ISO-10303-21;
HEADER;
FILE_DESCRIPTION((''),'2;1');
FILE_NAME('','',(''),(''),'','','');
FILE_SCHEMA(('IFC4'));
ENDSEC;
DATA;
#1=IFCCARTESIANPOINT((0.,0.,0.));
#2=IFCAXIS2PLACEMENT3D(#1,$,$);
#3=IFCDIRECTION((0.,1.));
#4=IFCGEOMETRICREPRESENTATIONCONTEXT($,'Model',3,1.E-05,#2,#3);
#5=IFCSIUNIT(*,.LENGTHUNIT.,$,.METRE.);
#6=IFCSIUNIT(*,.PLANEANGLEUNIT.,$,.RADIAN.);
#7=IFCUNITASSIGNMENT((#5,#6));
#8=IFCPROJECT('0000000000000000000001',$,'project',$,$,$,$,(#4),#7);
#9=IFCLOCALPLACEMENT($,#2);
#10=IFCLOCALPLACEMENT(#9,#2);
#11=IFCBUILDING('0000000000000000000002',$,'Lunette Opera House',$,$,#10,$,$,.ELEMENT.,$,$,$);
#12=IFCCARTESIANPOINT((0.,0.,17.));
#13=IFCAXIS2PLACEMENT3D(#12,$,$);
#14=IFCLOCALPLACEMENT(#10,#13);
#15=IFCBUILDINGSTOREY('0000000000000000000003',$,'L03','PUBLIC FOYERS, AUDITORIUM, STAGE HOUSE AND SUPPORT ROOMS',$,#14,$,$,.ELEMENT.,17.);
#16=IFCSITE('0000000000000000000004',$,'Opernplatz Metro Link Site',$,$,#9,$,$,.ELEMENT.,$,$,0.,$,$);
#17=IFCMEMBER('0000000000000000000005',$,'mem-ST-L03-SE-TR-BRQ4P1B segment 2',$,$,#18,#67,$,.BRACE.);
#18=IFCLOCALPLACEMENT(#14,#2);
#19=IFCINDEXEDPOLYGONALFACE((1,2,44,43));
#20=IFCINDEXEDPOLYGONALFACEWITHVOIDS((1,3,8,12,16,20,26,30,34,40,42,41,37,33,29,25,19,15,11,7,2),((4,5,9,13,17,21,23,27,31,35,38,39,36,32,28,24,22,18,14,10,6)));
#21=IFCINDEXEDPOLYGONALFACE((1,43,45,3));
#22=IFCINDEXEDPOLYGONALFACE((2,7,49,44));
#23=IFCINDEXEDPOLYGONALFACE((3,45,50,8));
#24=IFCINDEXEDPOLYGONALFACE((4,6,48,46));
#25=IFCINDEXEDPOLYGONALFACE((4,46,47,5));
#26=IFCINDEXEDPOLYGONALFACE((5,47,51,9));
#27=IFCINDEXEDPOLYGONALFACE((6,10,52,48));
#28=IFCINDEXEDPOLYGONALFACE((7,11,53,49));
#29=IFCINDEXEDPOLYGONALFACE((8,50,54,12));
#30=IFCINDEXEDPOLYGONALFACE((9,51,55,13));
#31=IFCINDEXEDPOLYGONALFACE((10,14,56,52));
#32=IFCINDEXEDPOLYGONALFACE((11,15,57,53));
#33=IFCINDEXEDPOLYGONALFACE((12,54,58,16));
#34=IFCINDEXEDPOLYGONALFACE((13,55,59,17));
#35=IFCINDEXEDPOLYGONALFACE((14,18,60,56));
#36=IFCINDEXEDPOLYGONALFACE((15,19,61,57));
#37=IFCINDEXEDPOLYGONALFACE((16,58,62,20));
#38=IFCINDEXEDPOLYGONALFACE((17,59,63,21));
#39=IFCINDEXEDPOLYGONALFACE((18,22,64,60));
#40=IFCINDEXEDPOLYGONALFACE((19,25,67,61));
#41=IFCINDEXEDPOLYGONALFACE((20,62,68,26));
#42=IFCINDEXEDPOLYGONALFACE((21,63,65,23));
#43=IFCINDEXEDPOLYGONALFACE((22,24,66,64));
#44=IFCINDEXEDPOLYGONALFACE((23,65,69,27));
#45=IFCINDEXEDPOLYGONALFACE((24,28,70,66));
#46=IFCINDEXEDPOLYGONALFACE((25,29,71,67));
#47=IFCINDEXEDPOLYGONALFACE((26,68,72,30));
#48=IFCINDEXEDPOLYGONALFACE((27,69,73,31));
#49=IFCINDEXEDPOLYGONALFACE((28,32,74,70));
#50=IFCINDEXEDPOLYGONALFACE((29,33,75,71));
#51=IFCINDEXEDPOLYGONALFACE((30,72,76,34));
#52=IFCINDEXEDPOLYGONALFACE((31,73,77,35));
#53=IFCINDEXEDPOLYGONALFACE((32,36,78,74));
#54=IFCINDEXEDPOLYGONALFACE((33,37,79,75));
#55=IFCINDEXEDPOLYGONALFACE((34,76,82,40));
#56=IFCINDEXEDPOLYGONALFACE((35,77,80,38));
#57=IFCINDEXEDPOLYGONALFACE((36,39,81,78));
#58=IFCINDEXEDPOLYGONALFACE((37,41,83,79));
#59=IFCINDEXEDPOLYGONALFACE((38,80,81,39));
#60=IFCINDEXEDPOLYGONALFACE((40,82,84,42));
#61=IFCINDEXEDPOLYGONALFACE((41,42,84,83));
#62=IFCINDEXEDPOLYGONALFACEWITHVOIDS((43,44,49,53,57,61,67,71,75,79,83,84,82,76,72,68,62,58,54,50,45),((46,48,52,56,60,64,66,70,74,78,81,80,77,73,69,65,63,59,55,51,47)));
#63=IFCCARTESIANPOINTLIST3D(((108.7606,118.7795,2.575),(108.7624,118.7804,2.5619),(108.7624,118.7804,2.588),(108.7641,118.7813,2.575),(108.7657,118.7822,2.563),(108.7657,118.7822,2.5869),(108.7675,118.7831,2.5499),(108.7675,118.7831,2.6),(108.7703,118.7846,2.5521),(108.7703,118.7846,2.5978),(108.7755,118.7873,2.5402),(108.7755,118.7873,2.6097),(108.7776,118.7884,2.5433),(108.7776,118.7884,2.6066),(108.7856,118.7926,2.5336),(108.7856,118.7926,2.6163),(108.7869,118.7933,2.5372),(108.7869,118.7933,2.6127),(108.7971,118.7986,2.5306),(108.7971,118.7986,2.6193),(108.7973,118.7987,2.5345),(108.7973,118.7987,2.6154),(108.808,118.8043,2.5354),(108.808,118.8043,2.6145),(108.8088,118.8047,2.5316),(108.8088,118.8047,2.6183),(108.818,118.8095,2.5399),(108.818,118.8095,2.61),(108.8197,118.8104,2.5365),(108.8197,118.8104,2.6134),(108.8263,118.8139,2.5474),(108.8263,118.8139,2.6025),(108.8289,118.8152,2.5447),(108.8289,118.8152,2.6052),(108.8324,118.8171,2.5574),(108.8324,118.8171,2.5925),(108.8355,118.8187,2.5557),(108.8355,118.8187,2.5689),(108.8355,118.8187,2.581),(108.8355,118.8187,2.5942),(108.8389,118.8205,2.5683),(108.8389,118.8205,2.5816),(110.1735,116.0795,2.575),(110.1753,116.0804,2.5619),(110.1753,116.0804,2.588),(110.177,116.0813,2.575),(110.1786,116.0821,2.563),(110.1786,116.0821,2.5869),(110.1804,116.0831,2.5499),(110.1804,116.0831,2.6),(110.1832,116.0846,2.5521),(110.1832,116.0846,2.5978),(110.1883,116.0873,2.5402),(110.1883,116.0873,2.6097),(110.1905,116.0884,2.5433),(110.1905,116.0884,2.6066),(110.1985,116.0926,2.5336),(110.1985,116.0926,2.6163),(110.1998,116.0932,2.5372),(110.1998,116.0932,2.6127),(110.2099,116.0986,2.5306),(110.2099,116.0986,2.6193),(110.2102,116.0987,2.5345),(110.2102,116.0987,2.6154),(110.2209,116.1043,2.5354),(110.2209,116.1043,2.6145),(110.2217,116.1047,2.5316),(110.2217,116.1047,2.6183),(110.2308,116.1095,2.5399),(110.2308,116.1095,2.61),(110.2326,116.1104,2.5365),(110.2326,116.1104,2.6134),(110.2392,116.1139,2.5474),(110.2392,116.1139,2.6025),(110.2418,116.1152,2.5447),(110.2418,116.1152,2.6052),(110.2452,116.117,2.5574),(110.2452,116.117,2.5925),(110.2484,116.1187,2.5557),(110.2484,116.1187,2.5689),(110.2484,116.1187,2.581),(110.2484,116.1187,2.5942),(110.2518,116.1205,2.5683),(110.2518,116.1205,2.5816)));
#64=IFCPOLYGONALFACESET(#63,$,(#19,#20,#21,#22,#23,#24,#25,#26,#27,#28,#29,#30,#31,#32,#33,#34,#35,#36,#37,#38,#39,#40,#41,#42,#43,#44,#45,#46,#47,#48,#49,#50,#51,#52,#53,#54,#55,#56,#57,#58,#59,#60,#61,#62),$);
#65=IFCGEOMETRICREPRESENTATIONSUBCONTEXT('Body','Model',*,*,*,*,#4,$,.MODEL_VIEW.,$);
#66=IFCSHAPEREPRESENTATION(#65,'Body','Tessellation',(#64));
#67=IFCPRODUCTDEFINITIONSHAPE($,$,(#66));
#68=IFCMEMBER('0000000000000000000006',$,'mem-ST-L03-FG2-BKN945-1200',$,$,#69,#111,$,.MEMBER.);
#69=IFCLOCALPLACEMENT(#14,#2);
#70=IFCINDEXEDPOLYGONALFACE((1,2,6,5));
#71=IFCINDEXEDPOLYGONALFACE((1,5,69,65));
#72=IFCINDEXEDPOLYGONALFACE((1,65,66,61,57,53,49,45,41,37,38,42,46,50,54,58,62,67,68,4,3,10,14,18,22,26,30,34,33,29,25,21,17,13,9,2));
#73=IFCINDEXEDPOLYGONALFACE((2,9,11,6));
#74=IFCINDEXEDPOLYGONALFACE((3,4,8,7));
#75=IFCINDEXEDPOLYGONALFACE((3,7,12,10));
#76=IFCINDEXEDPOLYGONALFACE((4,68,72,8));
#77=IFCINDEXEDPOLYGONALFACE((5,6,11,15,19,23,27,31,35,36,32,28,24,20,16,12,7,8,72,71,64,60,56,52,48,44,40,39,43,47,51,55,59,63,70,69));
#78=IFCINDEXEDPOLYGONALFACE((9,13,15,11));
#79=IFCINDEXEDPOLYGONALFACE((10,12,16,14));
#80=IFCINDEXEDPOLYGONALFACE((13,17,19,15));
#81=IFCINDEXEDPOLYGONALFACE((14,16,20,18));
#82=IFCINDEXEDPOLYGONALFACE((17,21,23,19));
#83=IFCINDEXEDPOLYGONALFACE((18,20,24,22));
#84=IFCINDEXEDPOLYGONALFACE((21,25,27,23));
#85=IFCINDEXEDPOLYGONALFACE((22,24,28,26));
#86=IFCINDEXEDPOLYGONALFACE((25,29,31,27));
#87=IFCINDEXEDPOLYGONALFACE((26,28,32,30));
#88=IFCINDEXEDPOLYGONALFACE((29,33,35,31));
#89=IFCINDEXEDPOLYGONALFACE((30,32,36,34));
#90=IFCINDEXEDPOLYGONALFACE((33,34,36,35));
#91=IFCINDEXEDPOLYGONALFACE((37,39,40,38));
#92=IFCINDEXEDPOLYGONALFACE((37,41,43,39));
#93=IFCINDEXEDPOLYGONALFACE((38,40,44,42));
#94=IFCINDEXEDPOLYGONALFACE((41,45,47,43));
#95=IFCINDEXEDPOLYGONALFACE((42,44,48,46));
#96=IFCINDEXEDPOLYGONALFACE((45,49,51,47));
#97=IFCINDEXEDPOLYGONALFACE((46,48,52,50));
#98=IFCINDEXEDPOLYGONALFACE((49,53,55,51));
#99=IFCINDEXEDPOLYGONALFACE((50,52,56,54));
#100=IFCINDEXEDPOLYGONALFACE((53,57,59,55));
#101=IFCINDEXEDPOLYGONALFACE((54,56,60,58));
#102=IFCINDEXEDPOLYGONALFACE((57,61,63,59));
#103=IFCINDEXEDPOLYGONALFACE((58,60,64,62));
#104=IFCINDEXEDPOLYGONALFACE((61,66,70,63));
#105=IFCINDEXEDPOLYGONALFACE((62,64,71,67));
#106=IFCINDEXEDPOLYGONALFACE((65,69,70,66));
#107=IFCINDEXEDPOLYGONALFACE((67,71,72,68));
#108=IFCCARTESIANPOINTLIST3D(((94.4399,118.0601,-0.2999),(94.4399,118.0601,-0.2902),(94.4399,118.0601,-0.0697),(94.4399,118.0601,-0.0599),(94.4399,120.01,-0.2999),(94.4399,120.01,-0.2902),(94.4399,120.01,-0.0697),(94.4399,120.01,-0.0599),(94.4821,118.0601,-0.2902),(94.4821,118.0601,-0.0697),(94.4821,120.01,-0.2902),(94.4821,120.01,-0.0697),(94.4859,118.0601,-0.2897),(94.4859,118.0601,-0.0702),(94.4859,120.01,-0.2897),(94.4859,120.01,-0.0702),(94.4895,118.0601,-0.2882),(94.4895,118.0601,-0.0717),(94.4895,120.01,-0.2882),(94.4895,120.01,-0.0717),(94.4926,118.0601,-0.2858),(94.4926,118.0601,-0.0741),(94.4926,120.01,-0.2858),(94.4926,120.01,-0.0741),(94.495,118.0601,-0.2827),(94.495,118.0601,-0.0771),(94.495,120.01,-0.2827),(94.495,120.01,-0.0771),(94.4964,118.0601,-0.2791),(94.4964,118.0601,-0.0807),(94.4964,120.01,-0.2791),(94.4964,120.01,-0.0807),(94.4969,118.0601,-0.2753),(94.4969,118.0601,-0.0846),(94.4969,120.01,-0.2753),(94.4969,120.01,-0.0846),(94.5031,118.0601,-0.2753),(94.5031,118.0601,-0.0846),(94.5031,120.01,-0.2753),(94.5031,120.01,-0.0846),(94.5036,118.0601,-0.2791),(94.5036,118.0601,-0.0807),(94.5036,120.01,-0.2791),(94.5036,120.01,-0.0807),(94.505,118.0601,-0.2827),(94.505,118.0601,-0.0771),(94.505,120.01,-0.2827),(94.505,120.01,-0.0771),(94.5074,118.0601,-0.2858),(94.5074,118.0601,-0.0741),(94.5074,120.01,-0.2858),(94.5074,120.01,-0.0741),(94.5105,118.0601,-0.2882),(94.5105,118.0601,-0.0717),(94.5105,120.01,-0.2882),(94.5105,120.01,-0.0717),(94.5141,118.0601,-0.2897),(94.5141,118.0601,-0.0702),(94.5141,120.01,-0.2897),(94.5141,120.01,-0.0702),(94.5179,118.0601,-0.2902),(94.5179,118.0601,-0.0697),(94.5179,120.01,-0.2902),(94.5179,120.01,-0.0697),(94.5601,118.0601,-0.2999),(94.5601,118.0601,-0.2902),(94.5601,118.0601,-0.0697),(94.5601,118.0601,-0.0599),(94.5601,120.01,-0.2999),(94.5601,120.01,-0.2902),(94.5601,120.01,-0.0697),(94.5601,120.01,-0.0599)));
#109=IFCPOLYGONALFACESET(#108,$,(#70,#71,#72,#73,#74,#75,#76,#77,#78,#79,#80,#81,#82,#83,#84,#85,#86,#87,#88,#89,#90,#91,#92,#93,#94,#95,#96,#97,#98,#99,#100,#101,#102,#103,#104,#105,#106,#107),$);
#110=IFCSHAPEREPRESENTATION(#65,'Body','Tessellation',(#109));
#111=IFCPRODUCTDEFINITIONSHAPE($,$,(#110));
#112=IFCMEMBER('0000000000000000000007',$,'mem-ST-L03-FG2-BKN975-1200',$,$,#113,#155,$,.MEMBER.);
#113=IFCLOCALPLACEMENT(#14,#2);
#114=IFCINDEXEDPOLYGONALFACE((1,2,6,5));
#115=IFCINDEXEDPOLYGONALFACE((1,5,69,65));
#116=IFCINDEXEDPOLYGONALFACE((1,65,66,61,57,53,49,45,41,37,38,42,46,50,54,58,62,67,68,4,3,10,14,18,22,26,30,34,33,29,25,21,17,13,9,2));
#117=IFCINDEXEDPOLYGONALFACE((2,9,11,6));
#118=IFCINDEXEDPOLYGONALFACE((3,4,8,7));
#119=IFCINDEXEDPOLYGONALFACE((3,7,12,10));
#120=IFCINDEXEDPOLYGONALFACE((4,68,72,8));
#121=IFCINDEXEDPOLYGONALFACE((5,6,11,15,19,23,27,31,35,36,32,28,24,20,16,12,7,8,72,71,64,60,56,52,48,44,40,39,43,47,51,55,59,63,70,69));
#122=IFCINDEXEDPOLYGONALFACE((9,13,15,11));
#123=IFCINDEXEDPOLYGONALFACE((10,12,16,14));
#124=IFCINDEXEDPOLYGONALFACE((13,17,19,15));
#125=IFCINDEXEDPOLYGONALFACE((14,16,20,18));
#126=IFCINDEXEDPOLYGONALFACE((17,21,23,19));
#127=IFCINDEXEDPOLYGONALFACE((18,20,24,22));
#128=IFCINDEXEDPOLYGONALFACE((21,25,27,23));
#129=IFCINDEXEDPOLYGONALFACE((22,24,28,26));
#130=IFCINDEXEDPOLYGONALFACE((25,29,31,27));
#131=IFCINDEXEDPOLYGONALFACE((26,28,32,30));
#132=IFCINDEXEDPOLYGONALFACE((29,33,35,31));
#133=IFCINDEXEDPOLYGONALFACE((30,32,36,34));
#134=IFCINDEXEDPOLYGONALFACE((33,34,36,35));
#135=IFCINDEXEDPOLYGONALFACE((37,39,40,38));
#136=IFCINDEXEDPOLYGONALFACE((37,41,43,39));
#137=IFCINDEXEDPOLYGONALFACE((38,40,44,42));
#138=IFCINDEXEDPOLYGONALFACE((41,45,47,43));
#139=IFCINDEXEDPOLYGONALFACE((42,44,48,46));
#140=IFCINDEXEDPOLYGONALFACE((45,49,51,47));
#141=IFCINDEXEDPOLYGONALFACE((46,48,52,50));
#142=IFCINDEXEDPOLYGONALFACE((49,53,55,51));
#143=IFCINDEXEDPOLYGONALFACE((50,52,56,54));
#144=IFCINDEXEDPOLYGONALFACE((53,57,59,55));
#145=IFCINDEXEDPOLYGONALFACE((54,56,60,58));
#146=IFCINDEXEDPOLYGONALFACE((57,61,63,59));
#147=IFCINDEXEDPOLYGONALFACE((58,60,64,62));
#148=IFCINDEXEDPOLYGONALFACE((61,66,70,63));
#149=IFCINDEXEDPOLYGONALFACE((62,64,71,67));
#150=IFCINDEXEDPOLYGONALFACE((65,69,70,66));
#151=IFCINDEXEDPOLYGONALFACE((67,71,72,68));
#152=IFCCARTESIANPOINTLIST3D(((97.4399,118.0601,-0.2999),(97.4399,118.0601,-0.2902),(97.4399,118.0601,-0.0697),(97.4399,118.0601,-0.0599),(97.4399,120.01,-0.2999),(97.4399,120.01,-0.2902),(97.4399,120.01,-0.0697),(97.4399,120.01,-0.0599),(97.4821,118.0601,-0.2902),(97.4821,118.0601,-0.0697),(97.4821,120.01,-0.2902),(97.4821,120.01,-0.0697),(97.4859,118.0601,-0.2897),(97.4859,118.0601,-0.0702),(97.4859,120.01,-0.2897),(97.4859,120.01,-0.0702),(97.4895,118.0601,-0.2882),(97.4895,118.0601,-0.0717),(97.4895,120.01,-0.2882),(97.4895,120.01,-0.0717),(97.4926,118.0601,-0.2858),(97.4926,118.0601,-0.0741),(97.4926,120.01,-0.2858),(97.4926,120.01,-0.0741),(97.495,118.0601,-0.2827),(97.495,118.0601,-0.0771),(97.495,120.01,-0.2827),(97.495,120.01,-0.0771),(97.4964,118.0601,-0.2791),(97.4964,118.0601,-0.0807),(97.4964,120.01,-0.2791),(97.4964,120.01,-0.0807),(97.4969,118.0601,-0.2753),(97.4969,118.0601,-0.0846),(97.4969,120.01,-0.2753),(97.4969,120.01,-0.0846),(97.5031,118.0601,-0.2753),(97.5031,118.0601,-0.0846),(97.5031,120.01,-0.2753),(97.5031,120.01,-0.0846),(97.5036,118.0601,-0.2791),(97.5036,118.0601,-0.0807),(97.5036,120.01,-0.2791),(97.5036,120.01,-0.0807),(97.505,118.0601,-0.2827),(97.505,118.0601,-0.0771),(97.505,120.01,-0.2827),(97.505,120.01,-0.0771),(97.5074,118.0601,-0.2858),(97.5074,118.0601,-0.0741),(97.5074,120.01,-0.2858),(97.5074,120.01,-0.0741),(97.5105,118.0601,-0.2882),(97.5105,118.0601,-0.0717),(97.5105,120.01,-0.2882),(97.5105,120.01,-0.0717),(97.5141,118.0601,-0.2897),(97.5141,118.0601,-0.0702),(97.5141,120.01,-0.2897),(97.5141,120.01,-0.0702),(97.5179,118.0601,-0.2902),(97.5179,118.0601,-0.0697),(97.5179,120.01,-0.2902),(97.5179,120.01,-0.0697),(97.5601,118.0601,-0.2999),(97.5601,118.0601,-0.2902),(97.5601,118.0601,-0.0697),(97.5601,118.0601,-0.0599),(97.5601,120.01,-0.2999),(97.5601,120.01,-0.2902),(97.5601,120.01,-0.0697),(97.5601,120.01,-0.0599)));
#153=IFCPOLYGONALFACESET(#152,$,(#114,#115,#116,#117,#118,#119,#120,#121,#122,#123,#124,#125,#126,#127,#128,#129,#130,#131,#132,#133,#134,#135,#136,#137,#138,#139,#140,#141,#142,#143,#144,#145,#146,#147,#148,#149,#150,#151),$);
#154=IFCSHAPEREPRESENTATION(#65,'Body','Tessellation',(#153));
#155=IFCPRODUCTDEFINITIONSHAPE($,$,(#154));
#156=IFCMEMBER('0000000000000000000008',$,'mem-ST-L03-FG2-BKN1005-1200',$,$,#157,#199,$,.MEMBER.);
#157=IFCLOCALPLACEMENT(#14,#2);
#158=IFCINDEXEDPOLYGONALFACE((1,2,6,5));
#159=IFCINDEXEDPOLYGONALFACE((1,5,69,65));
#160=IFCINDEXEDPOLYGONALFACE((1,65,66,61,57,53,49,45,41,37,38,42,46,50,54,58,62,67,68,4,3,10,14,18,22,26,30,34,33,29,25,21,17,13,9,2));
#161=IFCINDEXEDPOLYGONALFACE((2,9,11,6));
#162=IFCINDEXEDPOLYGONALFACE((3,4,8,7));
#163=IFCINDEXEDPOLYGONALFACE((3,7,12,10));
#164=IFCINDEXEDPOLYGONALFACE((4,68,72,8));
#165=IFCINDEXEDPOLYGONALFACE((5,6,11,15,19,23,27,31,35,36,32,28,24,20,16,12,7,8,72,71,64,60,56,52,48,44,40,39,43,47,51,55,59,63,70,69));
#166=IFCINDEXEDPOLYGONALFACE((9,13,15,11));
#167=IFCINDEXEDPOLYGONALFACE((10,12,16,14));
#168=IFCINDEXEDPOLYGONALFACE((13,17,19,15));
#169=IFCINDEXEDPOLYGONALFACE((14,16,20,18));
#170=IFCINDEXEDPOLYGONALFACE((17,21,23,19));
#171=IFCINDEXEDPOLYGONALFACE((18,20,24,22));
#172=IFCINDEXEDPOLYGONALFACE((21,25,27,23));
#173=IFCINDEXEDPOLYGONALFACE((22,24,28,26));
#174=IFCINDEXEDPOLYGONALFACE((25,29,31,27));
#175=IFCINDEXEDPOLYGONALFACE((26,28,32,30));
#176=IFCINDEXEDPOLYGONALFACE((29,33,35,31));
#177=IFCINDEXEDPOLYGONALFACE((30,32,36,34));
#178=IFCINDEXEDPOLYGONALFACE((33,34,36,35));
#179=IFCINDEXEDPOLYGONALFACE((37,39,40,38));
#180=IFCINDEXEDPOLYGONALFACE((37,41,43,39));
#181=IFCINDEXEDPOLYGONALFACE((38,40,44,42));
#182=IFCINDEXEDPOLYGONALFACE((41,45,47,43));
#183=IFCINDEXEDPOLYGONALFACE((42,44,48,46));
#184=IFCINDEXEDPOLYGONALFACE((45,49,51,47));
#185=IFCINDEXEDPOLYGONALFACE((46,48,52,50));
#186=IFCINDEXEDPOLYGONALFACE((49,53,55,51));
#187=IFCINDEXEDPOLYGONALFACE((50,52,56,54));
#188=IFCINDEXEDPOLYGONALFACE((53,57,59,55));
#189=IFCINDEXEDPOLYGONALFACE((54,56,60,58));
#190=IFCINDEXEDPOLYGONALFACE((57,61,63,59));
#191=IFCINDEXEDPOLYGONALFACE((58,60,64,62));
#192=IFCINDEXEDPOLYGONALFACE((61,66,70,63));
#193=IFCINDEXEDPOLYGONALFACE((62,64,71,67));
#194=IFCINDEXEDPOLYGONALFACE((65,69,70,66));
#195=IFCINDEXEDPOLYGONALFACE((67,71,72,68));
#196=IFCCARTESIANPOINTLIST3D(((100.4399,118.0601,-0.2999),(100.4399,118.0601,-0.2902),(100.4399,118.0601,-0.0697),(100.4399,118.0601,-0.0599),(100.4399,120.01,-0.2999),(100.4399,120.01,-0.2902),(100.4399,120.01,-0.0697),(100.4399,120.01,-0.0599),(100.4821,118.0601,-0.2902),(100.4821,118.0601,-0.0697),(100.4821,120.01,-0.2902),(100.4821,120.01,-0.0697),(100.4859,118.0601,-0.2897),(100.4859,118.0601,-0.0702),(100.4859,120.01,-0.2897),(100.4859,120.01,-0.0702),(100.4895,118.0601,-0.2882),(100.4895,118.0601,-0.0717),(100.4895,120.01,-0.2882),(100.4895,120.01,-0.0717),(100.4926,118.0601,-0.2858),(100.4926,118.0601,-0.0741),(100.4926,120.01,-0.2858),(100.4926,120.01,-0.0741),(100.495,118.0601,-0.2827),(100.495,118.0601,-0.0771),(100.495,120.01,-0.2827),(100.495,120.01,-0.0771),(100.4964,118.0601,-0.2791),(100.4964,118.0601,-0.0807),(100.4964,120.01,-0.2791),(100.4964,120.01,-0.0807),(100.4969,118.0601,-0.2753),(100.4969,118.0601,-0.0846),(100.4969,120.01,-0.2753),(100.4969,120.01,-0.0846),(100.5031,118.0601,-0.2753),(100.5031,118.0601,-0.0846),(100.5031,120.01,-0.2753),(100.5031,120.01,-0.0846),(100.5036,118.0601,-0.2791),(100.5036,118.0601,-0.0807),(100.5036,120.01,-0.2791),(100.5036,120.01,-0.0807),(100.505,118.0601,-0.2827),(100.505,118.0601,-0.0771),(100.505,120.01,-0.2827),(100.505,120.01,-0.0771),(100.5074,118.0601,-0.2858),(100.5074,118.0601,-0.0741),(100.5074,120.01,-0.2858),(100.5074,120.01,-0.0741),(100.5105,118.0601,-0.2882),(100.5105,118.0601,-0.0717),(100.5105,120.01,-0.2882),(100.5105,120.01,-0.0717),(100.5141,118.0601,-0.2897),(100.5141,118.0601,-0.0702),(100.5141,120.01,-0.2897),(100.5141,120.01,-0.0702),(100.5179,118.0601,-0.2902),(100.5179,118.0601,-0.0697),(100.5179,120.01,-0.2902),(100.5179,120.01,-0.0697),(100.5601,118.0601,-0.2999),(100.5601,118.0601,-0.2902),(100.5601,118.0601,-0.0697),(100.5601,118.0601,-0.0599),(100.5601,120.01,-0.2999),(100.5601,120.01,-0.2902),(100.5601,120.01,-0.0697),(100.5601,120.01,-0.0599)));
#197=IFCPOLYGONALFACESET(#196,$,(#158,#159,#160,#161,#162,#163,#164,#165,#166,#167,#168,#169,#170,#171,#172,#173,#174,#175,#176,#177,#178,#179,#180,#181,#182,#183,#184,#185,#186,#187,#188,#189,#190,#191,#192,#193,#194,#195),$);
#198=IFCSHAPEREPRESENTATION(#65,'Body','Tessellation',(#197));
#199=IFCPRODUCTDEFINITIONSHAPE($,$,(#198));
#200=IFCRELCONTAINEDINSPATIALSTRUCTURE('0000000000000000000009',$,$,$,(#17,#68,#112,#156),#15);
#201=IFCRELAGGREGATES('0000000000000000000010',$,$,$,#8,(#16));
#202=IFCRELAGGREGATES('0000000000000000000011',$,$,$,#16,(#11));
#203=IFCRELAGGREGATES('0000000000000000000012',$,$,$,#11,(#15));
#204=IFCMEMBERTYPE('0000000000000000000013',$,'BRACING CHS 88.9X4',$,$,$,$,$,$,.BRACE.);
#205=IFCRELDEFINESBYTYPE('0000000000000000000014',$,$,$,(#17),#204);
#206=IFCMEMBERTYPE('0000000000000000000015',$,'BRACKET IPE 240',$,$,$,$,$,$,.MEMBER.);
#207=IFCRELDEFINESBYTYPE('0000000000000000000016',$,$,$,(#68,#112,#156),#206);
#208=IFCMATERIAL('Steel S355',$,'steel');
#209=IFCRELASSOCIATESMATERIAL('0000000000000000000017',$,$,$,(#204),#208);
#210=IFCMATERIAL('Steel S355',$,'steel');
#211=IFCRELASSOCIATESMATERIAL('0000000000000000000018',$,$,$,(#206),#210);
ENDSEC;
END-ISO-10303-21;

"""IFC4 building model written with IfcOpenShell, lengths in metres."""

from ifc_helpers import new_model, si_unit, direction, frame, origin, origin_2d, place, context, subcontext, project, spatial, hollow_circle, i_section, extrude, material, material_profile, profile_set, type_object, element, save


model = new_model("IFC4")

# Units and contexts
model_context = context("Model", 3, precision=1e-05, world=origin(), true_north=direction((0.0, 1.0)))
body_context = subcontext(model_context, "Body", "Model", "MODEL_VIEW")
ifc_project = project(units=[si_unit("LENGTHUNIT", "METRE"), si_unit("PLANEANGLEUNIT", "RADIAN")], contexts=[model_context])

# Site, building, storey
site_placement = place(None, origin())
site = spatial("IfcSite", under=ifc_project, at=site_placement, Name="Opernplatz Metro Link Site", CompositionType="ELEMENT", RefElevation=0.0)
building_placement = place(site_placement, origin())
building = spatial("IfcBuilding", under=site, at=building_placement, Name="Lunette Opera House", CompositionType="ELEMENT")
storey_placement = place(building_placement, frame((0.0, 0.0, 17.0)))
storey = spatial("IfcBuildingStorey", under=building, at=storey_placement, Name="L03", Description="PUBLIC FOYERS, AUDITORIUM, STAGE HOUSE AND SUPPORT ROOMS", CompositionType="ELEMENT", Elevation=17.0)

# Members
ifc_material_1 = material(Name="Steel S355", Category="steel")
ifc_material_profile_1 = material_profile(ifc_material_1, hollow_circle(Radius=0.0444, WallThickness=0.0039, at=origin_2d()), Name="CHS 88.9X4")
ifc_profile_set_1 = profile_set([ifc_material_profile_1], Name="Steel S355")
member_type_1 = type_object("IfcMemberType", Name="BRACING CHS 88.9X4", PredefinedType="BRACE", material=ifc_profile_set_1)
member_placement = place(storey_placement, frame((110.2129, 116.1001, 2.575), z_axis=(-0.463642, 0.886023, 0.0), x_axis=(-0.886023, -0.463642, 0.0)))
element("IfcMember", 1, at=member_placement, inside=storey, type_object=member_type_1, Name="mem-ST-L03-SE-TR-BRQ4P1B segment 2", PredefinedType="BRACE", context=body_context, shape_type="SweptSolid", body=[
    extrude(hollow_circle(Radius=0.0444, WallThickness=0.0039, at=origin_2d()), origin(), (0.0, 0.0, 1.0), 3.0474),
])
ifc_material_2 = material(Name="Steel S355", Category="steel")
ifc_material_profile_2 = material_profile(ifc_material_2, i_section(OverallWidth=0.1201, OverallDepth=0.24, WebThickness=0.0061, FlangeThickness=0.0098, FilletRadius=0.0149, at=origin_2d()), Name="IPE 240")
ifc_profile_set_2 = profile_set([ifc_material_profile_2], Name="Steel S355")
member_type_2 = type_object("IfcMemberType", Name="BRACKET IPE 240", PredefinedType="MEMBER", material=ifc_profile_set_2)
for number, where, z_axis, x_axis, name in (
    (2, (94.5, 120.01, -0.1799), (0.0, -1.0, 0.0), (1.0, 0.0, 0.0), "mem-ST-L03-FG2-BKN945-1200"),
    (3, (97.5, 120.01, -0.1799), (0.0, -1.0, 0.0), (1.0, 0.0, 0.0), "mem-ST-L03-FG2-BKN975-1200"),
    (4, (100.5, 120.01, -0.1799), (0.0, -1.0, 0.0), (1.0, 0.0, 0.0), "mem-ST-L03-FG2-BKN1005-1200"),
):
    element("IfcMember", number, at=place(storey_placement, frame(where, z_axis=z_axis, x_axis=x_axis)), inside=storey, type_object=member_type_2, Name=name, PredefinedType="MEMBER", context=body_context, shape_type="SweptSolid", body=[
        extrude(i_section(OverallWidth=0.1201, OverallDepth=0.24, WebThickness=0.0061, FlangeThickness=0.0098, FilletRadius=0.0149, at=origin_2d()), origin(), (0.0, 0.0, 1.0), 1.95),
    ])

save(model, "model.ifc")
